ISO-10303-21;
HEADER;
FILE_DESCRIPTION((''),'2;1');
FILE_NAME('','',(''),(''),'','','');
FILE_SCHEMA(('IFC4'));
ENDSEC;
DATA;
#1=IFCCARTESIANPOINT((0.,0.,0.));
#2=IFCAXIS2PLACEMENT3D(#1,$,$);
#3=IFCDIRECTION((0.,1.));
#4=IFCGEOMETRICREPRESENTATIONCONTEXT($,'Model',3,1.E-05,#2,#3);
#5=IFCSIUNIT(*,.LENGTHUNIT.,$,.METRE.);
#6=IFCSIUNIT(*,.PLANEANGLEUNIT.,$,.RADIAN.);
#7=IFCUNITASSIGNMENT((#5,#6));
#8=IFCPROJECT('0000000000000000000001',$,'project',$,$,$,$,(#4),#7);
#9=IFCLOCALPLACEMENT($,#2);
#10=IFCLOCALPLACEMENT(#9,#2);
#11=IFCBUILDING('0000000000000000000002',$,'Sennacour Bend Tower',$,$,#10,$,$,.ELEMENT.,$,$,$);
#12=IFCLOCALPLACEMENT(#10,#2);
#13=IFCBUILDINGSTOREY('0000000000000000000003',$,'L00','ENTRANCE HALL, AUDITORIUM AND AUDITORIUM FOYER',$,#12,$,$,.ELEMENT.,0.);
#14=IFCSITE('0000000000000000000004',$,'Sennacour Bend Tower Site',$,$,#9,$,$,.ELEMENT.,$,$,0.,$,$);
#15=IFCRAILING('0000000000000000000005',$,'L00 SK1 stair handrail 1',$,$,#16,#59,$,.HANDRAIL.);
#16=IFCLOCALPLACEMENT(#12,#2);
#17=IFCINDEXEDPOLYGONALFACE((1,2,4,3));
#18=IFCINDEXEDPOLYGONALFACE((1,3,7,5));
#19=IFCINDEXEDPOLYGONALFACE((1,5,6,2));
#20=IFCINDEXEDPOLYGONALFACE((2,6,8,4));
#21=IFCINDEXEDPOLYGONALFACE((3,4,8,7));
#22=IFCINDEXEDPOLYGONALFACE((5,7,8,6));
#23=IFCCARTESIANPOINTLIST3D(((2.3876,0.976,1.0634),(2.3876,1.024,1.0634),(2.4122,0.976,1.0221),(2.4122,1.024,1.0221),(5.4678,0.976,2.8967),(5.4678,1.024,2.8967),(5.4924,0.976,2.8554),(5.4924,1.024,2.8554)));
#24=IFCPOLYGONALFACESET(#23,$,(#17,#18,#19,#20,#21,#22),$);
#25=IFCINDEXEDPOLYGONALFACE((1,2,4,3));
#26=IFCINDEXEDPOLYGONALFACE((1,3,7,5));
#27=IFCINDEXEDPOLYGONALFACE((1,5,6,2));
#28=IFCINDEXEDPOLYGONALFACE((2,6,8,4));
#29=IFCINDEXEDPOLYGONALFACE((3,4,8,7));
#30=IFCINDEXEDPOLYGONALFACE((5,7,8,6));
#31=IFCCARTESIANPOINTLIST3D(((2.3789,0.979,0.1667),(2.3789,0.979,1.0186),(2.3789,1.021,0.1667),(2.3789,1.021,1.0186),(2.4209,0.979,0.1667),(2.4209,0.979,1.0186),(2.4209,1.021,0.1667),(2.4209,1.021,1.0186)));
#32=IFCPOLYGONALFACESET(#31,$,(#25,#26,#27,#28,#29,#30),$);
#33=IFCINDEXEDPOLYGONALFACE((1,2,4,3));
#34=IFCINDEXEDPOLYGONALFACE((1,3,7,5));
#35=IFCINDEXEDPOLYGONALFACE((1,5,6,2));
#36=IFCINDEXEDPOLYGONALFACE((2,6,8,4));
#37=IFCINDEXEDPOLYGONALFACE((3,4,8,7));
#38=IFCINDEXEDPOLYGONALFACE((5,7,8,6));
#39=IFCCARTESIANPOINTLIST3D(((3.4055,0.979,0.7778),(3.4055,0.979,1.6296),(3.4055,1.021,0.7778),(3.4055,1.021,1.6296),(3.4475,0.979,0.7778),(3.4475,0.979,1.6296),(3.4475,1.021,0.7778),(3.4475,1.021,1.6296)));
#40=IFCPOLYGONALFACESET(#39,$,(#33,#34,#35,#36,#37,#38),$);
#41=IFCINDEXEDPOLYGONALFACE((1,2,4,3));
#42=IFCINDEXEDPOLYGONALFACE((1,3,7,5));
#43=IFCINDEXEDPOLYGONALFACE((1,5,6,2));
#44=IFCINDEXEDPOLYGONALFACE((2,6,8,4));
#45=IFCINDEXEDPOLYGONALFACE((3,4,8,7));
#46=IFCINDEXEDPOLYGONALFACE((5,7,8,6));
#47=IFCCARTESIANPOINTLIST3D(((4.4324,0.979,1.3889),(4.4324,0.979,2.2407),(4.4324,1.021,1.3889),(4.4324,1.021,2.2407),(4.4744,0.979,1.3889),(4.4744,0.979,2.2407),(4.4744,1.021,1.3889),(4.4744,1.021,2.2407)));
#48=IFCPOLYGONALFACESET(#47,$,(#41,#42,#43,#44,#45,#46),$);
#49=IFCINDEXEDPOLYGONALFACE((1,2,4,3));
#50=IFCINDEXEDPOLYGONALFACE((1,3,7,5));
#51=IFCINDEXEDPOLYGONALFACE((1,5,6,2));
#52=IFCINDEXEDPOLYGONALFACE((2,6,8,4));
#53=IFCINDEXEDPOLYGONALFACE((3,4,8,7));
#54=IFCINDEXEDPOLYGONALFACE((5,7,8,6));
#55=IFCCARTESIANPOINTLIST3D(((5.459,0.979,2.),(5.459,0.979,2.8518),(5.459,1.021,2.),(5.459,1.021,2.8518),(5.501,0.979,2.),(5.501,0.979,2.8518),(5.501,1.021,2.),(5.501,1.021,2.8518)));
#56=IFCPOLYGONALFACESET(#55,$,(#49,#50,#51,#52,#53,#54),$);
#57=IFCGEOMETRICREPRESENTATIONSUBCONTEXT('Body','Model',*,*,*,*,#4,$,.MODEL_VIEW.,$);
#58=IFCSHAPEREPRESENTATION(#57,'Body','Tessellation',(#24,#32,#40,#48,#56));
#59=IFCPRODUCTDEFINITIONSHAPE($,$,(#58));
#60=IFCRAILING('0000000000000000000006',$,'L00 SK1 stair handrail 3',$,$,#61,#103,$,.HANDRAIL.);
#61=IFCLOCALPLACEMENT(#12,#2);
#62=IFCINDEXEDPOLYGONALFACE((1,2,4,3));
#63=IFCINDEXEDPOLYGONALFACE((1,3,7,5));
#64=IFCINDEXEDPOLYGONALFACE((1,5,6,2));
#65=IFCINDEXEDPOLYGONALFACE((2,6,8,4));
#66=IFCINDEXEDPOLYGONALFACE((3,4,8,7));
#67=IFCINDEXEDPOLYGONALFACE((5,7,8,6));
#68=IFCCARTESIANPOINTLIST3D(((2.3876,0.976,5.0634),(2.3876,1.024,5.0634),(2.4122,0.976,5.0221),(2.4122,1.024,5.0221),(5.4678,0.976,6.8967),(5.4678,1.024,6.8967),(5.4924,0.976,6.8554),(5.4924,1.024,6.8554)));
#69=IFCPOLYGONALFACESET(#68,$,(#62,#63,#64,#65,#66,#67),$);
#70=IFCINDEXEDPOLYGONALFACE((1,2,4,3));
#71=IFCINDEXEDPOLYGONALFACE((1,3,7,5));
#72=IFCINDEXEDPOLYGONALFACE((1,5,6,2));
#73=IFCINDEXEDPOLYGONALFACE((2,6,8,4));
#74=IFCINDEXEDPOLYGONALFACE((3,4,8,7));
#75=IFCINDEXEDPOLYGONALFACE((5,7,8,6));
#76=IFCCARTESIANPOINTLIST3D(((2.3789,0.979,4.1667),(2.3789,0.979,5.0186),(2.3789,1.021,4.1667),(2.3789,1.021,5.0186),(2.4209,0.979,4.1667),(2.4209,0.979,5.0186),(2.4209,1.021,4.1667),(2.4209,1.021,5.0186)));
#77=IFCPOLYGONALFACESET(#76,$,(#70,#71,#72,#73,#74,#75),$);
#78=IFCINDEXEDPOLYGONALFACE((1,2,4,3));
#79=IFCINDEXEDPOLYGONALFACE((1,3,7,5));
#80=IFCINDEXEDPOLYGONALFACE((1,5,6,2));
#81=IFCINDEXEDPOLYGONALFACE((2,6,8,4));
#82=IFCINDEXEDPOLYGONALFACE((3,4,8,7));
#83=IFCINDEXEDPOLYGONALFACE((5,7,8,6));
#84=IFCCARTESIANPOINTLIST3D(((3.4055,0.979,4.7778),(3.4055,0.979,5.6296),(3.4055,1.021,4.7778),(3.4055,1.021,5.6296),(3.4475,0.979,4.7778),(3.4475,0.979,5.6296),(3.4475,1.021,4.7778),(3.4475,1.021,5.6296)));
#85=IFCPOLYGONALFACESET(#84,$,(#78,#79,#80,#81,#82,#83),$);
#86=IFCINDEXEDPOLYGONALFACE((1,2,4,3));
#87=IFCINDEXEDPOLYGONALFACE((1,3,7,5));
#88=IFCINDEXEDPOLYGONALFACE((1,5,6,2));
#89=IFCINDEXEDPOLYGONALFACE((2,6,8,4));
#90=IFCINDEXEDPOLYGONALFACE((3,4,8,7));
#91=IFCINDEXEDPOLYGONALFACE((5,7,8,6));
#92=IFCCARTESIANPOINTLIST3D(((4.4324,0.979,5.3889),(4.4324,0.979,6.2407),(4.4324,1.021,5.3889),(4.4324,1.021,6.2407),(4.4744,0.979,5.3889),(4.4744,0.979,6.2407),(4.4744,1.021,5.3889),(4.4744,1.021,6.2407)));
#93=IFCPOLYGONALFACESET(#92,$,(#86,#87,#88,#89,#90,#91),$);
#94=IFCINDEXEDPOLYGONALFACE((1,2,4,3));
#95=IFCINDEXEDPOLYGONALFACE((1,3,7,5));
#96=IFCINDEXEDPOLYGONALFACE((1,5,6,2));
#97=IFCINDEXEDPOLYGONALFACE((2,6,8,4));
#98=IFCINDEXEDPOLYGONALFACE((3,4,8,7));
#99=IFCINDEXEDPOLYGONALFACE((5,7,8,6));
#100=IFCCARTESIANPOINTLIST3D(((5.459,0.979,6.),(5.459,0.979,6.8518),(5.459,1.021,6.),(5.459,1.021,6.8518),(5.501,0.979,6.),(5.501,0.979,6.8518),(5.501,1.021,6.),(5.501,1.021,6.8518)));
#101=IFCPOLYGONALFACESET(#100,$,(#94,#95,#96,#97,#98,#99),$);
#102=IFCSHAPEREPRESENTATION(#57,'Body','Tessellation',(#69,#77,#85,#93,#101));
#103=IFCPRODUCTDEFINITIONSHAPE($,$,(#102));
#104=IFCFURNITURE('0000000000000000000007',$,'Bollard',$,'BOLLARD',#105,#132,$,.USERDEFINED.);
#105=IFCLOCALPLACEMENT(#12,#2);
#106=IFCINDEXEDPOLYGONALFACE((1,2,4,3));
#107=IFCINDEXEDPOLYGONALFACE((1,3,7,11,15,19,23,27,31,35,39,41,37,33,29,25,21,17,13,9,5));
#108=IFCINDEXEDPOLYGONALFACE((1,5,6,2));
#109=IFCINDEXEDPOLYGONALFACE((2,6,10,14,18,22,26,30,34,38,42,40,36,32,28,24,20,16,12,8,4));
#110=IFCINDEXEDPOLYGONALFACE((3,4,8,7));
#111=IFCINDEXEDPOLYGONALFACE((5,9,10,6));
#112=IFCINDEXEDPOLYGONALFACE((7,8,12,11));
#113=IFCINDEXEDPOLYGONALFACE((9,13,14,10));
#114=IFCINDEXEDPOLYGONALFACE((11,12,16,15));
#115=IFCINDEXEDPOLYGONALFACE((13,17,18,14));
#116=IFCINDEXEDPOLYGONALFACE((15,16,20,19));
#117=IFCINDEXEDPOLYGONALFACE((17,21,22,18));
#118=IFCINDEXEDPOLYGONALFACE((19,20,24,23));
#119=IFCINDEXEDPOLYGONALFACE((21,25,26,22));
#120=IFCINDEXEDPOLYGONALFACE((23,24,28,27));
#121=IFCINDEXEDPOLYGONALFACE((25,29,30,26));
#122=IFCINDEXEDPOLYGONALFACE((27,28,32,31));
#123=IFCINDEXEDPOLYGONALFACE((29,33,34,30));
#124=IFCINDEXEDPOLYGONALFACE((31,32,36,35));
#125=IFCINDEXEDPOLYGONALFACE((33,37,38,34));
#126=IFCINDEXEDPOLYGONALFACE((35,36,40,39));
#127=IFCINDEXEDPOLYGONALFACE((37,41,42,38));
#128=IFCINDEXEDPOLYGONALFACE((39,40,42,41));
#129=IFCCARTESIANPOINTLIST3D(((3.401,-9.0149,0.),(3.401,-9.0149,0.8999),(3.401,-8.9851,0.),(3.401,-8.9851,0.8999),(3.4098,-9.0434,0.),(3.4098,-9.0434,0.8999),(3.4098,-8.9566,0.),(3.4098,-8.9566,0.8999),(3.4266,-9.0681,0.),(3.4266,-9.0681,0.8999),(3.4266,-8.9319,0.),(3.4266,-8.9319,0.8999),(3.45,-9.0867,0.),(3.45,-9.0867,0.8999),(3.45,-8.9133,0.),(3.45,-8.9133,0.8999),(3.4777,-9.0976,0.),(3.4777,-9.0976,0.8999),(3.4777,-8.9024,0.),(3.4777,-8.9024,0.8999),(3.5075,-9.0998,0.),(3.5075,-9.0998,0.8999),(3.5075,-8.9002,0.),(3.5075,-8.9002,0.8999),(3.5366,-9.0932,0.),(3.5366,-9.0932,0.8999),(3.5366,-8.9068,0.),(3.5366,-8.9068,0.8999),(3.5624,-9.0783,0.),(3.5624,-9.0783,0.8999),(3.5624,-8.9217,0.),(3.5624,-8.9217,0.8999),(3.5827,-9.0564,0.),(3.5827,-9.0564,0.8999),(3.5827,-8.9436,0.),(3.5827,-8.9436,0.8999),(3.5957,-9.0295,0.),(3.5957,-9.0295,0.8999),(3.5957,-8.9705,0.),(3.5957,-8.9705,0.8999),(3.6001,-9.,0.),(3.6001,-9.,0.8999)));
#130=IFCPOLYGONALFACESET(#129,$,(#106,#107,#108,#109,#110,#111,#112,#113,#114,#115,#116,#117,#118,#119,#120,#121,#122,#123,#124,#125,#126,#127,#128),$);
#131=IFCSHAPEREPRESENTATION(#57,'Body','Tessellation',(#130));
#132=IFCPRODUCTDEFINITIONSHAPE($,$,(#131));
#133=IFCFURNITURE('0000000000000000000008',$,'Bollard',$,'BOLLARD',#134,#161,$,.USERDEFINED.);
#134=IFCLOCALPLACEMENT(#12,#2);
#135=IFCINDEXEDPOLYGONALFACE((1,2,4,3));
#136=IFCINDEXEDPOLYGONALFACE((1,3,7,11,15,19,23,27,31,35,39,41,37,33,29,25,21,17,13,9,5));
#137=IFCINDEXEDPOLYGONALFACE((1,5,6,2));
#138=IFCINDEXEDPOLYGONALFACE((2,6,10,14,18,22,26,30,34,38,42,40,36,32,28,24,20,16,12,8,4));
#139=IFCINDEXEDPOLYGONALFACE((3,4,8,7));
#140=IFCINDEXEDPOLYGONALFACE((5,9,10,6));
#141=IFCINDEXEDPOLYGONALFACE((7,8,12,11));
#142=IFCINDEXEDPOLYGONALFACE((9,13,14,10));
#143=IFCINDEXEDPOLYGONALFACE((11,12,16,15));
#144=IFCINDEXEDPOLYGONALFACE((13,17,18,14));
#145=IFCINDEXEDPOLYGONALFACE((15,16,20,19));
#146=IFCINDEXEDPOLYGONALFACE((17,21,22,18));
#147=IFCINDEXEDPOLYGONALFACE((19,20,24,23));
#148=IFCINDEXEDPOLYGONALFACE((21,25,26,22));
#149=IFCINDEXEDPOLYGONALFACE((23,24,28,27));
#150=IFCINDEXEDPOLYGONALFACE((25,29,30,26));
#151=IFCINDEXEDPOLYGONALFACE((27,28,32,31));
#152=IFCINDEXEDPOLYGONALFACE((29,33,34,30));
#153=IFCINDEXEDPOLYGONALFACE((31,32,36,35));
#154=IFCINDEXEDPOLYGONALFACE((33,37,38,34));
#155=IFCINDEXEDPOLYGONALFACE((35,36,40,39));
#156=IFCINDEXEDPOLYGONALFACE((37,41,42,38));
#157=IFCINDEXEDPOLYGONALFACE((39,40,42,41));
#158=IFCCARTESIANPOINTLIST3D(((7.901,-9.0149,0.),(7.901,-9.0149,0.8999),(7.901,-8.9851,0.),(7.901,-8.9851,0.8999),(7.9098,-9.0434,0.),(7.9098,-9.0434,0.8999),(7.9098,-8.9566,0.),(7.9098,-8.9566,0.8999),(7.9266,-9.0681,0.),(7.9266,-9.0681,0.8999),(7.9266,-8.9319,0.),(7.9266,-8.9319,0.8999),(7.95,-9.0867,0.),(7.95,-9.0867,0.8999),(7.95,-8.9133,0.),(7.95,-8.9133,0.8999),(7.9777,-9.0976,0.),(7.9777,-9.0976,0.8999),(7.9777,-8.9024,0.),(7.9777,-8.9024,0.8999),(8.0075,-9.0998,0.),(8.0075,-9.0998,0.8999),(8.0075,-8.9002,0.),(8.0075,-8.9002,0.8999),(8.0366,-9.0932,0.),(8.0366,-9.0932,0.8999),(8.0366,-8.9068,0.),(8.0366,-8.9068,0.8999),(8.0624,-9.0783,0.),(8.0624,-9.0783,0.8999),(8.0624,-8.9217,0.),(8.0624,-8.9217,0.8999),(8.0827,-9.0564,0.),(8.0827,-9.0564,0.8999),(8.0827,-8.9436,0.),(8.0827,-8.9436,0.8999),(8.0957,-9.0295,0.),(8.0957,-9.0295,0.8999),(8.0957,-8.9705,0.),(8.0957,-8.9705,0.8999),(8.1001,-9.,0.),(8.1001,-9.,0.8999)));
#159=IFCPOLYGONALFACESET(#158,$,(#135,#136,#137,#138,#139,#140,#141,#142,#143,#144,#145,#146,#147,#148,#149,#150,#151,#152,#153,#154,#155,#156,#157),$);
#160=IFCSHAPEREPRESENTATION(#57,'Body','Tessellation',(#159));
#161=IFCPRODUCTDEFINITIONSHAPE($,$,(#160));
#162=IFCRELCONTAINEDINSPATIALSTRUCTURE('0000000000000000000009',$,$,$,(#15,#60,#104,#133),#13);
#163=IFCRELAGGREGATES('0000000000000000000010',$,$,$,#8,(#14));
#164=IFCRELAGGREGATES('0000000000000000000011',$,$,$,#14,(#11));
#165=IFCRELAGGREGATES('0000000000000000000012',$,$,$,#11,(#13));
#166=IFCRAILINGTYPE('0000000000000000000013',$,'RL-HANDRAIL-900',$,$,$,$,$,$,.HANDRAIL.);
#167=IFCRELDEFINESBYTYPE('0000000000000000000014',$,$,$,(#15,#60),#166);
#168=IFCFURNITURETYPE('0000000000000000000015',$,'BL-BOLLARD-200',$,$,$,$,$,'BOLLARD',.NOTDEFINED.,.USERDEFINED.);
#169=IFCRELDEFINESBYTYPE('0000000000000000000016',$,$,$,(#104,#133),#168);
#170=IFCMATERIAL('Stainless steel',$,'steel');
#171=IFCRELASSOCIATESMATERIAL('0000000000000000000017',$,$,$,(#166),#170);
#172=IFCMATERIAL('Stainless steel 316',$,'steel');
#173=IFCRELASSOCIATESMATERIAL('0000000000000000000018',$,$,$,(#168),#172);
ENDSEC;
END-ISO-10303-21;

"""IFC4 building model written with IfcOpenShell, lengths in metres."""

from ifc_helpers import new_model, si_unit, direction, frame, origin, origin_2d, place, context, subcontext, project, spatial, rectangle, circle, extrude, material, type_object, element, save


model = new_model("IFC4")

# Units and contexts
model_context = context("Model", 3, precision=1e-05, world=origin(), true_north=direction((0.0, 1.0)))
body_context = subcontext(model_context, "Body", "Model", "MODEL_VIEW")
ifc_project = project(units=[si_unit("LENGTHUNIT", "METRE"), si_unit("PLANEANGLEUNIT", "RADIAN")], contexts=[model_context])

# Site, building, storey
site_placement = place(None, origin())
site = spatial("IfcSite", under=ifc_project, at=site_placement, Name="Sennacour Bend Tower Site", CompositionType="ELEMENT", RefElevation=0.0)
building_placement = place(site_placement, origin())
building = spatial("IfcBuilding", under=site, at=building_placement, Name="Sennacour Bend Tower", CompositionType="ELEMENT")
storey_placement = place(building_placement, origin())
storey = spatial("IfcBuildingStorey", under=building, at=storey_placement, Name="L00", Description="ENTRANCE HALL, AUDITORIUM AND AUDITORIUM FOYER", CompositionType="ELEMENT", Elevation=0.0)

# Railings
ifc_material_1 = material(Name="Stainless steel", Category="steel")
railing_type = type_object("IfcRailingType", Name="RL-HANDRAIL-900", PredefinedType="HANDRAIL", material=ifc_material_1)
for number, where, name in (
    (1, (2.3999, 1.0, 0.1667), "L00 SK1 stair handrail 1"),
    (2, (2.3999, 1.0, 4.1667), "L00 SK1 stair handrail 3"),
):
    element("IfcRailing", number, at=place(storey_placement, frame(where)), inside=storey, type_object=railing_type, Name=name, PredefinedType="HANDRAIL", context=body_context, shape_type="SweptSolid", body=[
        extrude(rectangle(XDim=0.0481, YDim=0.0481, at=origin_2d()), frame((0.0, 0.0, 0.876), z_axis=(0.859309, 0.0, 0.511458), x_axis=(0.0, 1.0, 0.0)), (0.0, 0.0, 1.0), 3.5845),
        extrude(rectangle(XDim=0.042, YDim=0.042, at=origin_2d()), origin(), (0.0, 0.0, 1.0), 0.8518),
        extrude(rectangle(XDim=0.042, YDim=0.042, at=origin_2d()), frame((1.0266, 0.0, 0.6111)), (0.0, 0.0, 1.0), 0.8518),
        extrude(rectangle(XDim=0.042, YDim=0.042, at=origin_2d()), frame((2.0535, 0.0, 1.2222)), (0.0, 0.0, 1.0), 0.8518),
        extrude(rectangle(XDim=0.042, YDim=0.042, at=origin_2d()), frame((3.0801, 0.0, 1.8333)), (0.0, 0.0, 1.0), 0.8518),
    ])

# Furniture
ifc_material_2 = material(Name="Stainless steel 316", Category="steel")
furniture_type = type_object("IfcFurnitureType", Name="BL-BOLLARD-200", ElementType="BOLLARD", AssemblyPlace="NOTDEFINED", PredefinedType="USERDEFINED", material=ifc_material_2)
for number, where, z_axis, x_axis, name in (
    (3, (3.5, -9.0, 0.8999), (0.0, 0.0, -1.0), (1.0, 0.0, 0.0), "Bollard"),
    (4, (8.0, -9.0, 0.8999), (0.0, 0.0, -1.0), (1.0, 0.0, 0.0), "Bollard"),
):
    element("IfcFurniture", number, at=place(storey_placement, frame(where, z_axis=z_axis, x_axis=x_axis)), inside=storey, type_object=furniture_type, Name=name, ObjectType="BOLLARD", PredefinedType="USERDEFINED", context=body_context, shape_type="SweptSolid", body=[
        extrude(circle(Radius=0.1001, at=origin_2d()), origin(), (0.0, 0.0, 1.0), 0.8999),
    ])

save(model, "model.ifc")
